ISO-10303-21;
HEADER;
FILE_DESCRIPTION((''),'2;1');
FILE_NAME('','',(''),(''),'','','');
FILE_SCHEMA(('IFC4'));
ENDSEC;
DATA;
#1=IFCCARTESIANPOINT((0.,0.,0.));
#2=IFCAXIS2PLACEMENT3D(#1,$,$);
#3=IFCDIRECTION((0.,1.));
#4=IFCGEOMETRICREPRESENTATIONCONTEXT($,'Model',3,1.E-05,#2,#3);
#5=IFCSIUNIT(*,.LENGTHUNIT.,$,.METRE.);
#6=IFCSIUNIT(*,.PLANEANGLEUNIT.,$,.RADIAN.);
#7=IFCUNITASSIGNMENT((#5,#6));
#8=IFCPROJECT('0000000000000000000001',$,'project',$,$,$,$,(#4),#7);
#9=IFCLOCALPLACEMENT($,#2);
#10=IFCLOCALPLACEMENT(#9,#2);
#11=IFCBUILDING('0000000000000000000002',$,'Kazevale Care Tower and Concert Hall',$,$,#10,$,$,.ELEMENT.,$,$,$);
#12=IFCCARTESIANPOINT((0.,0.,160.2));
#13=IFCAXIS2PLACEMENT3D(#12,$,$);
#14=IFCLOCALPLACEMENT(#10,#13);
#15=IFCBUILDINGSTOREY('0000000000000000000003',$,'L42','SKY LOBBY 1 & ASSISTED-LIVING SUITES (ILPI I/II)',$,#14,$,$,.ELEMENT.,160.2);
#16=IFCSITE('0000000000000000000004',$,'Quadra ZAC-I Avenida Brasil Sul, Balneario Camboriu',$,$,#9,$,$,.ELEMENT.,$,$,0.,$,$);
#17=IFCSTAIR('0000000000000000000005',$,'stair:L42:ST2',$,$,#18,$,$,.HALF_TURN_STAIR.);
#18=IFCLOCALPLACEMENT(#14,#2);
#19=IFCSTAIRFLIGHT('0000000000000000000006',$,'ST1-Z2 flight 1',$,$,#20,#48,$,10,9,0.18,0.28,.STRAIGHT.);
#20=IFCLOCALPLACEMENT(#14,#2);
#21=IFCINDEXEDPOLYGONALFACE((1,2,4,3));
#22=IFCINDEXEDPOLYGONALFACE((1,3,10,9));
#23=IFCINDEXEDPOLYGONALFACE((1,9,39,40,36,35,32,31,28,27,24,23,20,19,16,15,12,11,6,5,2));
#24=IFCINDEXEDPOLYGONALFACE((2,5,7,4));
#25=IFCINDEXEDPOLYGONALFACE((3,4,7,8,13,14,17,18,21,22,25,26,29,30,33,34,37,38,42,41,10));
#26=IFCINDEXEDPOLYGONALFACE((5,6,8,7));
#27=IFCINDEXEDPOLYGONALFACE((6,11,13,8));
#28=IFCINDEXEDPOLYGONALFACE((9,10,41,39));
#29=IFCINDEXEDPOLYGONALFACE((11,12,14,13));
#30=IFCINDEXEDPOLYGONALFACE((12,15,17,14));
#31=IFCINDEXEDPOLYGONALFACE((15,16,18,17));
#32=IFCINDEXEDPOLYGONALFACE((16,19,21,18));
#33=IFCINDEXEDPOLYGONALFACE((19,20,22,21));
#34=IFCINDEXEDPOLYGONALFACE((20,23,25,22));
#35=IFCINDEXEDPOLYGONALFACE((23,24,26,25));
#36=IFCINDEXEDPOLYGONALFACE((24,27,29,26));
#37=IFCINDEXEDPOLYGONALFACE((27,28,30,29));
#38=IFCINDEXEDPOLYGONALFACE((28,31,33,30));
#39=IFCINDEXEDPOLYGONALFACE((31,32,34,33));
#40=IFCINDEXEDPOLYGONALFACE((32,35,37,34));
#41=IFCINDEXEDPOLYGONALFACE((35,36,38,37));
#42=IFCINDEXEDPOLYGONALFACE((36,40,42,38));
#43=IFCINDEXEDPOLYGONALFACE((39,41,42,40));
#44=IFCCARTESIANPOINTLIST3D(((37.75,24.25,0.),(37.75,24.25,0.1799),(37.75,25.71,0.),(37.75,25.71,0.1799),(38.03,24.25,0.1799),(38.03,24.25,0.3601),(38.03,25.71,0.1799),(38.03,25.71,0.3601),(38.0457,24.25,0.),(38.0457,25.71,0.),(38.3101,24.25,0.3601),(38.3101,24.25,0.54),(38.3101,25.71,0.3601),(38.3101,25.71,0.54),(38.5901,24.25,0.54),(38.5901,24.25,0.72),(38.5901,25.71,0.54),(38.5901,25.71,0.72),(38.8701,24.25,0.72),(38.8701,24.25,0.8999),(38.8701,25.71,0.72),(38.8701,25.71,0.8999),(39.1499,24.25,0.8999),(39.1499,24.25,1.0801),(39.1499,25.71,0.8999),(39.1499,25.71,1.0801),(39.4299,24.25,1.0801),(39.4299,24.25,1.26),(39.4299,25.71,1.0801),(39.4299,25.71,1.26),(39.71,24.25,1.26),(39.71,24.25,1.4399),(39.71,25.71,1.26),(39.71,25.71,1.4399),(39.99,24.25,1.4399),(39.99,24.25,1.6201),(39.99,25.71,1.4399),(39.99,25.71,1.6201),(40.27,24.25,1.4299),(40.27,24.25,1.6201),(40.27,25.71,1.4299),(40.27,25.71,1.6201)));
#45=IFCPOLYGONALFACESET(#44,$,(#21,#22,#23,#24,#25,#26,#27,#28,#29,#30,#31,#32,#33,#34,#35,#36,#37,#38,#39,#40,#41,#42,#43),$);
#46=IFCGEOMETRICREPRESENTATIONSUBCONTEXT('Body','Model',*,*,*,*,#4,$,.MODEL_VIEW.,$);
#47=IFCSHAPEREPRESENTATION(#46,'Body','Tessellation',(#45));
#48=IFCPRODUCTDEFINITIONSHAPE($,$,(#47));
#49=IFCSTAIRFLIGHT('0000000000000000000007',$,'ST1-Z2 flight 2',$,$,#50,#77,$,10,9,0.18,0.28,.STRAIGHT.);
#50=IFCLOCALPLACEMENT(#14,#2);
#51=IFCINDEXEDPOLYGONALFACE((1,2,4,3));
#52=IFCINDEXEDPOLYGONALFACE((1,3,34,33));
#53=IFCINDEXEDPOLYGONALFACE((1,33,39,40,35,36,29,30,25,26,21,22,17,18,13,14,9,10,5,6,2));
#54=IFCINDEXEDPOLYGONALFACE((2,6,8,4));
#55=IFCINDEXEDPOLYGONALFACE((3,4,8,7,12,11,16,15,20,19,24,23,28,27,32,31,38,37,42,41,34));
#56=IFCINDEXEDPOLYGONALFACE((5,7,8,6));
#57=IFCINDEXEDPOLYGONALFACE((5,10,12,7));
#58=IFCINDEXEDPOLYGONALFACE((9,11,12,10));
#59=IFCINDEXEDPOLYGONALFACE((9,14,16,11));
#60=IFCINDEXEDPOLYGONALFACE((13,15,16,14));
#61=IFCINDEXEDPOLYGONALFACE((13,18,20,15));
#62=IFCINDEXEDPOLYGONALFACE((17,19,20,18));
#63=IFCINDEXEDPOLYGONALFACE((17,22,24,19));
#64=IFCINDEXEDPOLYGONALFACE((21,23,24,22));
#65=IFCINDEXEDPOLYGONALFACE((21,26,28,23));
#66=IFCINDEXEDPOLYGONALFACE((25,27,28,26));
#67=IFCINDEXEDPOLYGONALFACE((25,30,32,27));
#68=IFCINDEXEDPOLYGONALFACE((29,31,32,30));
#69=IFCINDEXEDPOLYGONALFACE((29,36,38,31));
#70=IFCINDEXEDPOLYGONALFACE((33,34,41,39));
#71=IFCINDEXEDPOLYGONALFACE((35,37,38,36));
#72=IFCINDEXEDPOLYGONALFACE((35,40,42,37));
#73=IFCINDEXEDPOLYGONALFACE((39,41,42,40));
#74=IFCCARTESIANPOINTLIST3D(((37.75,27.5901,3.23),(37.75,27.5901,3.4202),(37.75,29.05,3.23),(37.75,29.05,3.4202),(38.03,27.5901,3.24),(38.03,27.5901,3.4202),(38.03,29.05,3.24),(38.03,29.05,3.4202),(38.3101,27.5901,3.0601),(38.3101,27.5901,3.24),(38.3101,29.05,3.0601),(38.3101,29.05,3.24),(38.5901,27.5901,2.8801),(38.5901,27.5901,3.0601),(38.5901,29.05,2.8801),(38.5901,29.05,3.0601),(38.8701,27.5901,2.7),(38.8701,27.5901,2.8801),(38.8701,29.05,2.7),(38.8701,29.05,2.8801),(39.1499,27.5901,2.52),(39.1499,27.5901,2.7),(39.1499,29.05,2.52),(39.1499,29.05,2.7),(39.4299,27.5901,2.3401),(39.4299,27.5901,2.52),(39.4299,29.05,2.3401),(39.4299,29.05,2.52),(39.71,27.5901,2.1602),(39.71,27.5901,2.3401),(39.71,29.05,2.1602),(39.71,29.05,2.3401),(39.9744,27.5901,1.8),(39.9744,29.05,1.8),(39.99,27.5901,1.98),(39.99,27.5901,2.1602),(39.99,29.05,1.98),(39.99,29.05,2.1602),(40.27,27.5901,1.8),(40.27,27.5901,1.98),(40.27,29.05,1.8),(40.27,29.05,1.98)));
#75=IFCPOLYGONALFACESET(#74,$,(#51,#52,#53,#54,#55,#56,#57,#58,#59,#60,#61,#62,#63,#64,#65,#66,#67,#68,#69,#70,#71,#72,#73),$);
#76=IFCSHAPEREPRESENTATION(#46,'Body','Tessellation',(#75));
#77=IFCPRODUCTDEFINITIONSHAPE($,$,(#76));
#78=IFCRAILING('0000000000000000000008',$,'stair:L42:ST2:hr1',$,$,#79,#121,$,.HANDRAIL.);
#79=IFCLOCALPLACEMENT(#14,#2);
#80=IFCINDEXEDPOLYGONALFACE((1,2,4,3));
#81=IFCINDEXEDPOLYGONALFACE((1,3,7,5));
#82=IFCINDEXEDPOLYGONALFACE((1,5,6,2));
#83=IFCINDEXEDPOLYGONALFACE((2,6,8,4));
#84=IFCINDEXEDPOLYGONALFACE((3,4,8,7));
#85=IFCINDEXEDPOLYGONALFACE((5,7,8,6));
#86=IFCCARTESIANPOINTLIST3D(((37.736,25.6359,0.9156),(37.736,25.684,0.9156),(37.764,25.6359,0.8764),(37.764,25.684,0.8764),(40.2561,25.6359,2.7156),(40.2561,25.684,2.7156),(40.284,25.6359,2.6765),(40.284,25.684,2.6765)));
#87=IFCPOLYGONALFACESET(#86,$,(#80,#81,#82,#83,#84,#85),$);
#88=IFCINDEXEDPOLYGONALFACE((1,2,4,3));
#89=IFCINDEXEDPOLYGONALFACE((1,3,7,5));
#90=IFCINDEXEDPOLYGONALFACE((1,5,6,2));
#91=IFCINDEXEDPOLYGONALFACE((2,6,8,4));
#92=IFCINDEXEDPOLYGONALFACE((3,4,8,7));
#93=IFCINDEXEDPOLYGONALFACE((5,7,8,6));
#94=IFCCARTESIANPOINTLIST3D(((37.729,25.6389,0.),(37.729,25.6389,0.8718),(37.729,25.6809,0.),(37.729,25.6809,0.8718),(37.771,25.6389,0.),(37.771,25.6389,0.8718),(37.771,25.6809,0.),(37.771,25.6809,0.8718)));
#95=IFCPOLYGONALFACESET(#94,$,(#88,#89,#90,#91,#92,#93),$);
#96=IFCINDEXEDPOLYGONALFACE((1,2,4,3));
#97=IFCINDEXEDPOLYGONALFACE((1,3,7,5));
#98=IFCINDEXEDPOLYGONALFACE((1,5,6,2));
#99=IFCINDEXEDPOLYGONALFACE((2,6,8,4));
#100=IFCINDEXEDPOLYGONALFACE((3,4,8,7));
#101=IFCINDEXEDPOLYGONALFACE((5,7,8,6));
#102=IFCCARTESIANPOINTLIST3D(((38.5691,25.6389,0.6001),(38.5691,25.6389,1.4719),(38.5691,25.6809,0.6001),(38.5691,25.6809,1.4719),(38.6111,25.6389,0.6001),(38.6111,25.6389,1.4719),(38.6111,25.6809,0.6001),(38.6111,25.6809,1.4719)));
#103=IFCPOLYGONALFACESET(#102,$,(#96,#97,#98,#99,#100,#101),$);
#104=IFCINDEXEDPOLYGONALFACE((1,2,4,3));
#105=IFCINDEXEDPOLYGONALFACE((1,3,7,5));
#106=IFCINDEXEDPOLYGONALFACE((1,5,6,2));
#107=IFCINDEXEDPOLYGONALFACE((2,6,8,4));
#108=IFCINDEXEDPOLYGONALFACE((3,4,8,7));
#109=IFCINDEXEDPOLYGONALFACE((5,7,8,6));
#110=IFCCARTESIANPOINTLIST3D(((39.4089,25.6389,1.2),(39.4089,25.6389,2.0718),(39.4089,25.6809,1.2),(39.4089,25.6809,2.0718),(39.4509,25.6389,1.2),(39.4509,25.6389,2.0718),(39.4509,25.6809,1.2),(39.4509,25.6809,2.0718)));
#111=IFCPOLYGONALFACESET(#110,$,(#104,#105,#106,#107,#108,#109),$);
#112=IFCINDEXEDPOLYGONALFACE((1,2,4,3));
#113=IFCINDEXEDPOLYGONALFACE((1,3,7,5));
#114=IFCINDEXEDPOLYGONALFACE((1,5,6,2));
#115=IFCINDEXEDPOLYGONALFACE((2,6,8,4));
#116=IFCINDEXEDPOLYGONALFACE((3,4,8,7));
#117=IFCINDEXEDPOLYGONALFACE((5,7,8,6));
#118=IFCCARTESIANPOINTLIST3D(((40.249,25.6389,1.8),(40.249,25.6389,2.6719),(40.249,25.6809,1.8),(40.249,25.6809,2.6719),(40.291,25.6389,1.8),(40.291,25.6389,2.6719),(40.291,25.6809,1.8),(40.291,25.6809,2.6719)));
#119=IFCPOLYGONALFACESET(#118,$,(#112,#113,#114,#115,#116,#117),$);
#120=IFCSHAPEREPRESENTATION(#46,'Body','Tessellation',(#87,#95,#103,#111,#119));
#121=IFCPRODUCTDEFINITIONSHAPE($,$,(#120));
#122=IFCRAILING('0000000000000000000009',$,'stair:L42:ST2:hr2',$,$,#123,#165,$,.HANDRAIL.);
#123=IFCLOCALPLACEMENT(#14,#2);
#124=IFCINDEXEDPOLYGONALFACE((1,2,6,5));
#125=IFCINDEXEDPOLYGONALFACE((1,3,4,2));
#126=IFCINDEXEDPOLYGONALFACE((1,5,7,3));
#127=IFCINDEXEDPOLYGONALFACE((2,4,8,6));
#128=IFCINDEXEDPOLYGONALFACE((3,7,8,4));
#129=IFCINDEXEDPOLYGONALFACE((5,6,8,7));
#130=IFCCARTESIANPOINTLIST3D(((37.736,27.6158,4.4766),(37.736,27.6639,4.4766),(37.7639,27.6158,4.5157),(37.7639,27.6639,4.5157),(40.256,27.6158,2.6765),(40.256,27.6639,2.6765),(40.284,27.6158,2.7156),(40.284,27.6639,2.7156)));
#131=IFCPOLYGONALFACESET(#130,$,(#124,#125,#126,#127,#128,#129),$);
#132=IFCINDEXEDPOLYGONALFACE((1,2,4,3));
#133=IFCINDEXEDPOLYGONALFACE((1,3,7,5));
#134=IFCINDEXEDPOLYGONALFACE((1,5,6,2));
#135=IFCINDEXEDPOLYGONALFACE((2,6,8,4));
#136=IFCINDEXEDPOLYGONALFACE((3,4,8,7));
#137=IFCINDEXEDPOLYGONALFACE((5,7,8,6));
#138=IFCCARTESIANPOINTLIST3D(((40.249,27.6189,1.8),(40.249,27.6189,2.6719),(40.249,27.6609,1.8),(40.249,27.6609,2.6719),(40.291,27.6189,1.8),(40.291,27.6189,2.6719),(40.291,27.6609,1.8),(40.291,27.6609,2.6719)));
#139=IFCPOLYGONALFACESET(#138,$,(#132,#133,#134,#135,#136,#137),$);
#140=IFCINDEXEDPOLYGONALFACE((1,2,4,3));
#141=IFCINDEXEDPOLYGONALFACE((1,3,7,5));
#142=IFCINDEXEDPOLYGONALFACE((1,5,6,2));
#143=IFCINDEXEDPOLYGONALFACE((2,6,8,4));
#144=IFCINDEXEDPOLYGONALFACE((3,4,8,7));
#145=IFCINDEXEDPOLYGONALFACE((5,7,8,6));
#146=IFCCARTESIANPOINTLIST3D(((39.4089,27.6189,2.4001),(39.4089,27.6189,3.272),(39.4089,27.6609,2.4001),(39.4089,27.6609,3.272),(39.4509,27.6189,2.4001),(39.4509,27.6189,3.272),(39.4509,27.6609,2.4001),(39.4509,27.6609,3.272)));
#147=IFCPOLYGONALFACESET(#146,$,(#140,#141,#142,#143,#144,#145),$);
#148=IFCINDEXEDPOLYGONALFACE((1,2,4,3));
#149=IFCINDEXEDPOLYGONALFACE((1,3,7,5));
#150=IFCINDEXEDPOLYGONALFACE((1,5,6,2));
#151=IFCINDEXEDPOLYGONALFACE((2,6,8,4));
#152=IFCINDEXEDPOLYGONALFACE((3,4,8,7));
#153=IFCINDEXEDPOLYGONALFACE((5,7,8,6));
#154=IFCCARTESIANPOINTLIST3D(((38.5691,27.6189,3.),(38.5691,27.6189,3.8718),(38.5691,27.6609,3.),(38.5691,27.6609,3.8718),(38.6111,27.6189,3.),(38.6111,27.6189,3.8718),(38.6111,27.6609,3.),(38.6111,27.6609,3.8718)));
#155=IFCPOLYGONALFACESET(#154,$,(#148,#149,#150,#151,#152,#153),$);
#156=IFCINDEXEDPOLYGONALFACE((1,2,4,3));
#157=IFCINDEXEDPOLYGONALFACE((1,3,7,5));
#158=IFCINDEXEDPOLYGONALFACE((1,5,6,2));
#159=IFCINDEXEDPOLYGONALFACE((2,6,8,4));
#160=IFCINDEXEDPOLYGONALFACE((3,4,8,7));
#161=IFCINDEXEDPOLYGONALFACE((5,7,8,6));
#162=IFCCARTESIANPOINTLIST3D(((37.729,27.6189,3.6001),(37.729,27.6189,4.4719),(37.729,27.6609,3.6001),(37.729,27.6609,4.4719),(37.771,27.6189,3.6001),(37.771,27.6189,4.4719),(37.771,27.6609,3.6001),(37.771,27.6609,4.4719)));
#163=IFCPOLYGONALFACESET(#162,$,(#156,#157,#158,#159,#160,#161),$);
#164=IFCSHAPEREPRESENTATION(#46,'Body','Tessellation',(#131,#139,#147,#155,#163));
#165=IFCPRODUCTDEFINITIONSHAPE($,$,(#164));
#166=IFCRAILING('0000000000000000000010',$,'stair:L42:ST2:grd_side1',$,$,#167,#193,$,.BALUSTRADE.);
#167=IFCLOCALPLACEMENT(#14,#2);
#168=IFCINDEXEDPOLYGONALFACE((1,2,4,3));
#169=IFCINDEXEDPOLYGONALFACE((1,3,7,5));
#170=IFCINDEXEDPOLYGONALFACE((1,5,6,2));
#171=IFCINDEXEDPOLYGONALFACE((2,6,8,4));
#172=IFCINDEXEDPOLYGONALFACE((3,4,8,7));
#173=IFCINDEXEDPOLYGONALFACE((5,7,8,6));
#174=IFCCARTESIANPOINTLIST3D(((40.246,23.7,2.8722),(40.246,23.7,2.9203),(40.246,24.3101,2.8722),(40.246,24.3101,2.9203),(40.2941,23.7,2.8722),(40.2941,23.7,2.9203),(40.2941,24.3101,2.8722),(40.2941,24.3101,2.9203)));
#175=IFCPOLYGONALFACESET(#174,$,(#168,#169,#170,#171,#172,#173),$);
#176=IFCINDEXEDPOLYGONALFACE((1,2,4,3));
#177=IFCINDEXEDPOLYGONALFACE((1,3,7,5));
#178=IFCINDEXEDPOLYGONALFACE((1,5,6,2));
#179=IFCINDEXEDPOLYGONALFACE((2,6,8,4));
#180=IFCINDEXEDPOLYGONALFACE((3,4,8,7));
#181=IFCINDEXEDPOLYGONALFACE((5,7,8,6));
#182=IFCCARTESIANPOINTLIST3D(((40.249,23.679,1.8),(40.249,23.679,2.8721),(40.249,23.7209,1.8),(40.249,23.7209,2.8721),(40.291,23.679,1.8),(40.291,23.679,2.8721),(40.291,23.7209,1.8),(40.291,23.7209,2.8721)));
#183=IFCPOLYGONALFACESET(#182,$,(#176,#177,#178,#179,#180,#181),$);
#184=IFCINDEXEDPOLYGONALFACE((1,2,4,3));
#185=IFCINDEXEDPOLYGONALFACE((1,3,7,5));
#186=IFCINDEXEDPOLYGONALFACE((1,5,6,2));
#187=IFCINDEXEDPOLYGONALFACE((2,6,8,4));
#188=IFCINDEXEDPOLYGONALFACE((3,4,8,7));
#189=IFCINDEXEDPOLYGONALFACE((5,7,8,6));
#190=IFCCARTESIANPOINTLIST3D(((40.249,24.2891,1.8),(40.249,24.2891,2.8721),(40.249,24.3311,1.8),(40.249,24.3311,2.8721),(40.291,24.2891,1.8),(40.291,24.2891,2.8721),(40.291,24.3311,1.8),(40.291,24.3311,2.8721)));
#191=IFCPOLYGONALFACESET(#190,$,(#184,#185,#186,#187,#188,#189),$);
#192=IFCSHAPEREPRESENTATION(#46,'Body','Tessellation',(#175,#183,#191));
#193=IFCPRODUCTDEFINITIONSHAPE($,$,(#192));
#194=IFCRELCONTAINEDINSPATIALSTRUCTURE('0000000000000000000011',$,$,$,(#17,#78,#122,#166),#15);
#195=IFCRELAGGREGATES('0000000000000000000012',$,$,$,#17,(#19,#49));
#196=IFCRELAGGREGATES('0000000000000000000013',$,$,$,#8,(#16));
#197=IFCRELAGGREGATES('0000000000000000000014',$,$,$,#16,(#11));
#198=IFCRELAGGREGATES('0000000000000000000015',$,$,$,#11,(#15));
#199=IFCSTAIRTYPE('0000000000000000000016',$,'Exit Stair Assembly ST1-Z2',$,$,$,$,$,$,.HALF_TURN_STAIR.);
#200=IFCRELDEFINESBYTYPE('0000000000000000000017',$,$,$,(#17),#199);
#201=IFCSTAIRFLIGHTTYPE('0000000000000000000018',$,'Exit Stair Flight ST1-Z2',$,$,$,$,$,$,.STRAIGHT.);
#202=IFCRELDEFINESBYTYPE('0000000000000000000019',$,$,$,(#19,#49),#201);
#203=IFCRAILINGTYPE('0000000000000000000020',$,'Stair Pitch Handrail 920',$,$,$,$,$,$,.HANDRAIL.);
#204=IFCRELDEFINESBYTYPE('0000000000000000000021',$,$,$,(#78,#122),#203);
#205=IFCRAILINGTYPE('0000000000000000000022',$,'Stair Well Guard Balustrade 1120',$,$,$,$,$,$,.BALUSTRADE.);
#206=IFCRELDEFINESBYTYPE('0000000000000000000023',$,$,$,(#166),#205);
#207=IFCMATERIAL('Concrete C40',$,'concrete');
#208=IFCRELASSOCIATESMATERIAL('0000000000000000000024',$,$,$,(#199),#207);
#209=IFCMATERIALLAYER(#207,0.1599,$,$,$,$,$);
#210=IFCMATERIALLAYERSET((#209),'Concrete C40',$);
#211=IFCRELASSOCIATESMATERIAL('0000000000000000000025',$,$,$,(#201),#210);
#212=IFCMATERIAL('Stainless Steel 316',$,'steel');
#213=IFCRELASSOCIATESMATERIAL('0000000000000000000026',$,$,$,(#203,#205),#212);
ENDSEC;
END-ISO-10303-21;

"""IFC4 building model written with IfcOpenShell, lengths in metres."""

from ifc_helpers import new_model, si_unit, direction, frame, origin, origin_2d, place, context, subcontext, project, spatial, polyline, rectangle, outline, extrude, material, layer, layer_set, type_object, element, aggregate, save


model = new_model("IFC4")

# Units and contexts
model_context = context("Model", 3, precision=1e-05, world=origin(), true_north=direction((0.0, 1.0)))
body_context = subcontext(model_context, "Body", "Model", "MODEL_VIEW")
ifc_project = project(units=[si_unit("LENGTHUNIT", "METRE"), si_unit("PLANEANGLEUNIT", "RADIAN")], contexts=[model_context])

# Site, building, storey
site_placement = place(None, origin())
site = spatial("IfcSite", under=ifc_project, at=site_placement, Name="Quadra ZAC-I Avenida Brasil Sul, Balneario Camboriu", CompositionType="ELEMENT", RefElevation=0.0)
building_placement = place(site_placement, origin())
building = spatial("IfcBuilding", under=site, at=building_placement, Name="Kazevale Care Tower and Concert Hall", CompositionType="ELEMENT")
storey_placement = place(building_placement, frame((0.0, 0.0, 160.2)))
storey = spatial("IfcBuildingStorey", under=building, at=storey_placement, Name="L42", Description="SKY LOBBY 1 & ASSISTED-LIVING SUITES (ILPI I/II)", CompositionType="ELEMENT", Elevation=160.2)

# Stair, stair flights
ifc_material_1 = material(Name="Concrete C40", Category="concrete")
stair_type = type_object("IfcStairType", Name="Exit Stair Assembly ST1-Z2", PredefinedType="HALF_TURN_STAIR", material=ifc_material_1)
stair_placement = place(storey_placement, origin())
stair = element("IfcStair", 1, at=stair_placement, inside=storey, type_object=stair_type, Name="stair:L42:ST2", PredefinedType="HALF_TURN_STAIR")
ifc_layer_1 = layer(ifc_material_1, 0.1599)
ifc_layer_set_1 = layer_set([ifc_layer_1], Name="Concrete C40")
stair_flight_type = type_object("IfcStairFlightType", Name="Exit Stair Flight ST1-Z2", PredefinedType="STRAIGHT", material=ifc_layer_set_1)
stair_flight_1_placement = place(storey_placement, frame((37.75, 24.98, 0.0), z_axis=(0.0, 0.0, 1.0), x_axis=(1.0, 0.0, 0.0)))
stair_flight_1 = element("IfcStairFlight", 2, at=stair_flight_1_placement, type_object=stair_flight_type, Name="ST1-Z2 flight 1", NumberOfRisers=10, NumberOfTreads=9, PredefinedType="STRAIGHT", RiserHeight=0.18, TreadLength=0.28, context=body_context, shape_type="SweptSolid", body=[
    extrude(outline(polyline([(0.0, 0.0), (0.0, 0.1799), (0.28, 0.1799), (0.28, 0.3601), (0.5601, 0.3601), (0.5601, 0.54), (0.8401, 0.54), (0.8401, 0.72), (1.1201, 0.72), (1.1201, 0.8999), (1.3999, 0.8999), (1.3999, 1.0801), (1.6799, 1.0801), (1.6799, 1.26), (1.96, 1.26), (1.96, 1.4399), (2.24, 1.4399), (2.24, 1.6201), (2.52, 1.6201), (2.52, 1.8), (2.52, 1.4299), (0.2957, 0.0), (0.0, 0.0)])), frame((0.0, 0.73, 0.0), z_axis=(0.0, -1.0, 0.0), x_axis=(1.0, 0.0, 0.0)), (0.0, 0.0, 1.0), 1.46),
])
stair_flight_2_placement = place(storey_placement, frame((40.27, 28.3201, 1.8), z_axis=(0.0, 0.0, 1.0), x_axis=(-1.0, 0.0, 0.0)))
stair_flight_2 = element("IfcStairFlight", 3, at=stair_flight_2_placement, type_object=stair_flight_type, Name="ST1-Z2 flight 2", NumberOfRisers=10, NumberOfTreads=9, PredefinedType="STRAIGHT", RiserHeight=0.18, TreadLength=0.28, context=body_context, shape_type="SweptSolid", body=[
    extrude(outline(polyline([(0.0, 0.0), (0.0, 0.1799), (0.28, 0.1799), (0.28, 0.3601), (0.5601, 0.3601), (0.5601, 0.54), (0.8401, 0.54), (0.8401, 0.72), (1.1201, 0.72), (1.1201, 0.8999), (1.3999, 0.8999), (1.3999, 1.0801), (1.6799, 1.0801), (1.6799, 1.26), (1.96, 1.26), (1.96, 1.4399), (2.24, 1.4399), (2.24, 1.6201), (2.52, 1.6201), (2.52, 1.8), (2.52, 1.4299), (0.2957, 0.0), (0.0, 0.0)])), frame((0.0, 0.73, 0.0), z_axis=(0.0, -1.0, 0.0), x_axis=(1.0, 0.0, 0.0)), (0.0, 0.0, 1.0), 1.46),
])
aggregate(stair, [stair_flight_1, stair_flight_2])

# Railings
ifc_material_2 = material(Name="Stainless Steel 316", Category="steel")
railing_type_1 = type_object("IfcRailingType", Name="Stair Pitch Handrail 920", PredefinedType="HANDRAIL", material=ifc_material_2)
railing_1_placement = place(storey_placement, frame((37.75, 25.6599, 0.0)))
element("IfcRailing", 4, at=railing_1_placement, inside=storey, type_object=railing_type_1, Name="stair:L42:ST2:hr1", PredefinedType="HANDRAIL", context=body_context, shape_type="SweptSolid", body=[
    extrude(rectangle(XDim=0.0481, YDim=0.0481, at=origin_2d()), frame((0.0, 0.0, 0.896), z_axis=(0.813728, 0.0, 0.581246), x_axis=(0.0, 1.0, 0.0)), (0.0, 0.0, 1.0), 3.0969),
    extrude(rectangle(XDim=0.042, YDim=0.042, at=origin_2d()), origin(), (0.0, 0.0, 1.0), 0.8718),
    extrude(rectangle(XDim=0.042, YDim=0.042, at=origin_2d()), frame((0.8401, 0.0, 0.6001)), (0.0, 0.0, 1.0), 0.8718),
    extrude(rectangle(XDim=0.042, YDim=0.042, at=origin_2d()), frame((1.6799, 0.0, 1.2)), (0.0, 0.0, 1.0), 0.8718),
    extrude(rectangle(XDim=0.042, YDim=0.042, at=origin_2d()), frame((2.52, 0.0, 1.8)), (0.0, 0.0, 1.0), 0.8718),
])
railing_2_placement = place(storey_placement, frame((40.27, 27.6399, 1.8)))
element("IfcRailing", 5, at=railing_2_placement, inside=storey, type_object=railing_type_1, Name="stair:L42:ST2:hr2", PredefinedType="HANDRAIL", context=body_context, shape_type="SweptSolid", body=[
    extrude(rectangle(XDim=0.0481, YDim=0.0481, at=origin_2d()), frame((0.0, 0.0, 0.896), z_axis=(-0.813728, 0.0, 0.581246), x_axis=(0.0, -1.0, 0.0)), (0.0, 0.0, 1.0), 3.0969),
    extrude(rectangle(XDim=0.042, YDim=0.042, at=origin_2d()), origin(), (0.0, 0.0, 1.0), 0.8718),
    extrude(rectangle(XDim=0.042, YDim=0.042, at=origin_2d()), frame((-0.8401, 0.0, 0.6001)), (0.0, 0.0, 1.0), 0.8718),
    extrude(rectangle(XDim=0.042, YDim=0.042, at=origin_2d()), frame((-1.6799, 0.0, 1.2)), (0.0, 0.0, 1.0), 0.8718),
    extrude(rectangle(XDim=0.042, YDim=0.042, at=origin_2d()), frame((-2.52, 0.0, 1.8)), (0.0, 0.0, 1.0), 0.8718),
])
railing_type_2 = type_object("IfcRailingType", Name="Stair Well Guard Balustrade 1120", PredefinedType="BALUSTRADE", material=ifc_material_2)
railing_3_placement = place(storey_placement, frame((40.27, 23.7, 1.8)))
element("IfcRailing", 6, at=railing_3_placement, inside=storey, type_object=railing_type_2, Name="stair:L42:ST2:grd_side1", PredefinedType="BALUSTRADE", context=body_context, shape_type="SweptSolid", body=[
    extrude(rectangle(XDim=0.0481, YDim=0.0481, at=origin_2d()), frame((0.0, 0.0, 1.0962), z_axis=(0.0, 1.0, 0.0), x_axis=(-1.0, 0.0, 0.0)), (0.0, 0.0, 1.0), 0.6101),
    extrude(rectangle(XDim=0.042, YDim=0.042, at=origin_2d()), origin(), (0.0, 0.0, 1.0), 1.072),
    extrude(rectangle(XDim=0.042, YDim=0.042, at=origin_2d()), frame((0.0, 0.6101, 0.0)), (0.0, 0.0, 1.0), 1.072),
])

save(model, "model.ifc")
